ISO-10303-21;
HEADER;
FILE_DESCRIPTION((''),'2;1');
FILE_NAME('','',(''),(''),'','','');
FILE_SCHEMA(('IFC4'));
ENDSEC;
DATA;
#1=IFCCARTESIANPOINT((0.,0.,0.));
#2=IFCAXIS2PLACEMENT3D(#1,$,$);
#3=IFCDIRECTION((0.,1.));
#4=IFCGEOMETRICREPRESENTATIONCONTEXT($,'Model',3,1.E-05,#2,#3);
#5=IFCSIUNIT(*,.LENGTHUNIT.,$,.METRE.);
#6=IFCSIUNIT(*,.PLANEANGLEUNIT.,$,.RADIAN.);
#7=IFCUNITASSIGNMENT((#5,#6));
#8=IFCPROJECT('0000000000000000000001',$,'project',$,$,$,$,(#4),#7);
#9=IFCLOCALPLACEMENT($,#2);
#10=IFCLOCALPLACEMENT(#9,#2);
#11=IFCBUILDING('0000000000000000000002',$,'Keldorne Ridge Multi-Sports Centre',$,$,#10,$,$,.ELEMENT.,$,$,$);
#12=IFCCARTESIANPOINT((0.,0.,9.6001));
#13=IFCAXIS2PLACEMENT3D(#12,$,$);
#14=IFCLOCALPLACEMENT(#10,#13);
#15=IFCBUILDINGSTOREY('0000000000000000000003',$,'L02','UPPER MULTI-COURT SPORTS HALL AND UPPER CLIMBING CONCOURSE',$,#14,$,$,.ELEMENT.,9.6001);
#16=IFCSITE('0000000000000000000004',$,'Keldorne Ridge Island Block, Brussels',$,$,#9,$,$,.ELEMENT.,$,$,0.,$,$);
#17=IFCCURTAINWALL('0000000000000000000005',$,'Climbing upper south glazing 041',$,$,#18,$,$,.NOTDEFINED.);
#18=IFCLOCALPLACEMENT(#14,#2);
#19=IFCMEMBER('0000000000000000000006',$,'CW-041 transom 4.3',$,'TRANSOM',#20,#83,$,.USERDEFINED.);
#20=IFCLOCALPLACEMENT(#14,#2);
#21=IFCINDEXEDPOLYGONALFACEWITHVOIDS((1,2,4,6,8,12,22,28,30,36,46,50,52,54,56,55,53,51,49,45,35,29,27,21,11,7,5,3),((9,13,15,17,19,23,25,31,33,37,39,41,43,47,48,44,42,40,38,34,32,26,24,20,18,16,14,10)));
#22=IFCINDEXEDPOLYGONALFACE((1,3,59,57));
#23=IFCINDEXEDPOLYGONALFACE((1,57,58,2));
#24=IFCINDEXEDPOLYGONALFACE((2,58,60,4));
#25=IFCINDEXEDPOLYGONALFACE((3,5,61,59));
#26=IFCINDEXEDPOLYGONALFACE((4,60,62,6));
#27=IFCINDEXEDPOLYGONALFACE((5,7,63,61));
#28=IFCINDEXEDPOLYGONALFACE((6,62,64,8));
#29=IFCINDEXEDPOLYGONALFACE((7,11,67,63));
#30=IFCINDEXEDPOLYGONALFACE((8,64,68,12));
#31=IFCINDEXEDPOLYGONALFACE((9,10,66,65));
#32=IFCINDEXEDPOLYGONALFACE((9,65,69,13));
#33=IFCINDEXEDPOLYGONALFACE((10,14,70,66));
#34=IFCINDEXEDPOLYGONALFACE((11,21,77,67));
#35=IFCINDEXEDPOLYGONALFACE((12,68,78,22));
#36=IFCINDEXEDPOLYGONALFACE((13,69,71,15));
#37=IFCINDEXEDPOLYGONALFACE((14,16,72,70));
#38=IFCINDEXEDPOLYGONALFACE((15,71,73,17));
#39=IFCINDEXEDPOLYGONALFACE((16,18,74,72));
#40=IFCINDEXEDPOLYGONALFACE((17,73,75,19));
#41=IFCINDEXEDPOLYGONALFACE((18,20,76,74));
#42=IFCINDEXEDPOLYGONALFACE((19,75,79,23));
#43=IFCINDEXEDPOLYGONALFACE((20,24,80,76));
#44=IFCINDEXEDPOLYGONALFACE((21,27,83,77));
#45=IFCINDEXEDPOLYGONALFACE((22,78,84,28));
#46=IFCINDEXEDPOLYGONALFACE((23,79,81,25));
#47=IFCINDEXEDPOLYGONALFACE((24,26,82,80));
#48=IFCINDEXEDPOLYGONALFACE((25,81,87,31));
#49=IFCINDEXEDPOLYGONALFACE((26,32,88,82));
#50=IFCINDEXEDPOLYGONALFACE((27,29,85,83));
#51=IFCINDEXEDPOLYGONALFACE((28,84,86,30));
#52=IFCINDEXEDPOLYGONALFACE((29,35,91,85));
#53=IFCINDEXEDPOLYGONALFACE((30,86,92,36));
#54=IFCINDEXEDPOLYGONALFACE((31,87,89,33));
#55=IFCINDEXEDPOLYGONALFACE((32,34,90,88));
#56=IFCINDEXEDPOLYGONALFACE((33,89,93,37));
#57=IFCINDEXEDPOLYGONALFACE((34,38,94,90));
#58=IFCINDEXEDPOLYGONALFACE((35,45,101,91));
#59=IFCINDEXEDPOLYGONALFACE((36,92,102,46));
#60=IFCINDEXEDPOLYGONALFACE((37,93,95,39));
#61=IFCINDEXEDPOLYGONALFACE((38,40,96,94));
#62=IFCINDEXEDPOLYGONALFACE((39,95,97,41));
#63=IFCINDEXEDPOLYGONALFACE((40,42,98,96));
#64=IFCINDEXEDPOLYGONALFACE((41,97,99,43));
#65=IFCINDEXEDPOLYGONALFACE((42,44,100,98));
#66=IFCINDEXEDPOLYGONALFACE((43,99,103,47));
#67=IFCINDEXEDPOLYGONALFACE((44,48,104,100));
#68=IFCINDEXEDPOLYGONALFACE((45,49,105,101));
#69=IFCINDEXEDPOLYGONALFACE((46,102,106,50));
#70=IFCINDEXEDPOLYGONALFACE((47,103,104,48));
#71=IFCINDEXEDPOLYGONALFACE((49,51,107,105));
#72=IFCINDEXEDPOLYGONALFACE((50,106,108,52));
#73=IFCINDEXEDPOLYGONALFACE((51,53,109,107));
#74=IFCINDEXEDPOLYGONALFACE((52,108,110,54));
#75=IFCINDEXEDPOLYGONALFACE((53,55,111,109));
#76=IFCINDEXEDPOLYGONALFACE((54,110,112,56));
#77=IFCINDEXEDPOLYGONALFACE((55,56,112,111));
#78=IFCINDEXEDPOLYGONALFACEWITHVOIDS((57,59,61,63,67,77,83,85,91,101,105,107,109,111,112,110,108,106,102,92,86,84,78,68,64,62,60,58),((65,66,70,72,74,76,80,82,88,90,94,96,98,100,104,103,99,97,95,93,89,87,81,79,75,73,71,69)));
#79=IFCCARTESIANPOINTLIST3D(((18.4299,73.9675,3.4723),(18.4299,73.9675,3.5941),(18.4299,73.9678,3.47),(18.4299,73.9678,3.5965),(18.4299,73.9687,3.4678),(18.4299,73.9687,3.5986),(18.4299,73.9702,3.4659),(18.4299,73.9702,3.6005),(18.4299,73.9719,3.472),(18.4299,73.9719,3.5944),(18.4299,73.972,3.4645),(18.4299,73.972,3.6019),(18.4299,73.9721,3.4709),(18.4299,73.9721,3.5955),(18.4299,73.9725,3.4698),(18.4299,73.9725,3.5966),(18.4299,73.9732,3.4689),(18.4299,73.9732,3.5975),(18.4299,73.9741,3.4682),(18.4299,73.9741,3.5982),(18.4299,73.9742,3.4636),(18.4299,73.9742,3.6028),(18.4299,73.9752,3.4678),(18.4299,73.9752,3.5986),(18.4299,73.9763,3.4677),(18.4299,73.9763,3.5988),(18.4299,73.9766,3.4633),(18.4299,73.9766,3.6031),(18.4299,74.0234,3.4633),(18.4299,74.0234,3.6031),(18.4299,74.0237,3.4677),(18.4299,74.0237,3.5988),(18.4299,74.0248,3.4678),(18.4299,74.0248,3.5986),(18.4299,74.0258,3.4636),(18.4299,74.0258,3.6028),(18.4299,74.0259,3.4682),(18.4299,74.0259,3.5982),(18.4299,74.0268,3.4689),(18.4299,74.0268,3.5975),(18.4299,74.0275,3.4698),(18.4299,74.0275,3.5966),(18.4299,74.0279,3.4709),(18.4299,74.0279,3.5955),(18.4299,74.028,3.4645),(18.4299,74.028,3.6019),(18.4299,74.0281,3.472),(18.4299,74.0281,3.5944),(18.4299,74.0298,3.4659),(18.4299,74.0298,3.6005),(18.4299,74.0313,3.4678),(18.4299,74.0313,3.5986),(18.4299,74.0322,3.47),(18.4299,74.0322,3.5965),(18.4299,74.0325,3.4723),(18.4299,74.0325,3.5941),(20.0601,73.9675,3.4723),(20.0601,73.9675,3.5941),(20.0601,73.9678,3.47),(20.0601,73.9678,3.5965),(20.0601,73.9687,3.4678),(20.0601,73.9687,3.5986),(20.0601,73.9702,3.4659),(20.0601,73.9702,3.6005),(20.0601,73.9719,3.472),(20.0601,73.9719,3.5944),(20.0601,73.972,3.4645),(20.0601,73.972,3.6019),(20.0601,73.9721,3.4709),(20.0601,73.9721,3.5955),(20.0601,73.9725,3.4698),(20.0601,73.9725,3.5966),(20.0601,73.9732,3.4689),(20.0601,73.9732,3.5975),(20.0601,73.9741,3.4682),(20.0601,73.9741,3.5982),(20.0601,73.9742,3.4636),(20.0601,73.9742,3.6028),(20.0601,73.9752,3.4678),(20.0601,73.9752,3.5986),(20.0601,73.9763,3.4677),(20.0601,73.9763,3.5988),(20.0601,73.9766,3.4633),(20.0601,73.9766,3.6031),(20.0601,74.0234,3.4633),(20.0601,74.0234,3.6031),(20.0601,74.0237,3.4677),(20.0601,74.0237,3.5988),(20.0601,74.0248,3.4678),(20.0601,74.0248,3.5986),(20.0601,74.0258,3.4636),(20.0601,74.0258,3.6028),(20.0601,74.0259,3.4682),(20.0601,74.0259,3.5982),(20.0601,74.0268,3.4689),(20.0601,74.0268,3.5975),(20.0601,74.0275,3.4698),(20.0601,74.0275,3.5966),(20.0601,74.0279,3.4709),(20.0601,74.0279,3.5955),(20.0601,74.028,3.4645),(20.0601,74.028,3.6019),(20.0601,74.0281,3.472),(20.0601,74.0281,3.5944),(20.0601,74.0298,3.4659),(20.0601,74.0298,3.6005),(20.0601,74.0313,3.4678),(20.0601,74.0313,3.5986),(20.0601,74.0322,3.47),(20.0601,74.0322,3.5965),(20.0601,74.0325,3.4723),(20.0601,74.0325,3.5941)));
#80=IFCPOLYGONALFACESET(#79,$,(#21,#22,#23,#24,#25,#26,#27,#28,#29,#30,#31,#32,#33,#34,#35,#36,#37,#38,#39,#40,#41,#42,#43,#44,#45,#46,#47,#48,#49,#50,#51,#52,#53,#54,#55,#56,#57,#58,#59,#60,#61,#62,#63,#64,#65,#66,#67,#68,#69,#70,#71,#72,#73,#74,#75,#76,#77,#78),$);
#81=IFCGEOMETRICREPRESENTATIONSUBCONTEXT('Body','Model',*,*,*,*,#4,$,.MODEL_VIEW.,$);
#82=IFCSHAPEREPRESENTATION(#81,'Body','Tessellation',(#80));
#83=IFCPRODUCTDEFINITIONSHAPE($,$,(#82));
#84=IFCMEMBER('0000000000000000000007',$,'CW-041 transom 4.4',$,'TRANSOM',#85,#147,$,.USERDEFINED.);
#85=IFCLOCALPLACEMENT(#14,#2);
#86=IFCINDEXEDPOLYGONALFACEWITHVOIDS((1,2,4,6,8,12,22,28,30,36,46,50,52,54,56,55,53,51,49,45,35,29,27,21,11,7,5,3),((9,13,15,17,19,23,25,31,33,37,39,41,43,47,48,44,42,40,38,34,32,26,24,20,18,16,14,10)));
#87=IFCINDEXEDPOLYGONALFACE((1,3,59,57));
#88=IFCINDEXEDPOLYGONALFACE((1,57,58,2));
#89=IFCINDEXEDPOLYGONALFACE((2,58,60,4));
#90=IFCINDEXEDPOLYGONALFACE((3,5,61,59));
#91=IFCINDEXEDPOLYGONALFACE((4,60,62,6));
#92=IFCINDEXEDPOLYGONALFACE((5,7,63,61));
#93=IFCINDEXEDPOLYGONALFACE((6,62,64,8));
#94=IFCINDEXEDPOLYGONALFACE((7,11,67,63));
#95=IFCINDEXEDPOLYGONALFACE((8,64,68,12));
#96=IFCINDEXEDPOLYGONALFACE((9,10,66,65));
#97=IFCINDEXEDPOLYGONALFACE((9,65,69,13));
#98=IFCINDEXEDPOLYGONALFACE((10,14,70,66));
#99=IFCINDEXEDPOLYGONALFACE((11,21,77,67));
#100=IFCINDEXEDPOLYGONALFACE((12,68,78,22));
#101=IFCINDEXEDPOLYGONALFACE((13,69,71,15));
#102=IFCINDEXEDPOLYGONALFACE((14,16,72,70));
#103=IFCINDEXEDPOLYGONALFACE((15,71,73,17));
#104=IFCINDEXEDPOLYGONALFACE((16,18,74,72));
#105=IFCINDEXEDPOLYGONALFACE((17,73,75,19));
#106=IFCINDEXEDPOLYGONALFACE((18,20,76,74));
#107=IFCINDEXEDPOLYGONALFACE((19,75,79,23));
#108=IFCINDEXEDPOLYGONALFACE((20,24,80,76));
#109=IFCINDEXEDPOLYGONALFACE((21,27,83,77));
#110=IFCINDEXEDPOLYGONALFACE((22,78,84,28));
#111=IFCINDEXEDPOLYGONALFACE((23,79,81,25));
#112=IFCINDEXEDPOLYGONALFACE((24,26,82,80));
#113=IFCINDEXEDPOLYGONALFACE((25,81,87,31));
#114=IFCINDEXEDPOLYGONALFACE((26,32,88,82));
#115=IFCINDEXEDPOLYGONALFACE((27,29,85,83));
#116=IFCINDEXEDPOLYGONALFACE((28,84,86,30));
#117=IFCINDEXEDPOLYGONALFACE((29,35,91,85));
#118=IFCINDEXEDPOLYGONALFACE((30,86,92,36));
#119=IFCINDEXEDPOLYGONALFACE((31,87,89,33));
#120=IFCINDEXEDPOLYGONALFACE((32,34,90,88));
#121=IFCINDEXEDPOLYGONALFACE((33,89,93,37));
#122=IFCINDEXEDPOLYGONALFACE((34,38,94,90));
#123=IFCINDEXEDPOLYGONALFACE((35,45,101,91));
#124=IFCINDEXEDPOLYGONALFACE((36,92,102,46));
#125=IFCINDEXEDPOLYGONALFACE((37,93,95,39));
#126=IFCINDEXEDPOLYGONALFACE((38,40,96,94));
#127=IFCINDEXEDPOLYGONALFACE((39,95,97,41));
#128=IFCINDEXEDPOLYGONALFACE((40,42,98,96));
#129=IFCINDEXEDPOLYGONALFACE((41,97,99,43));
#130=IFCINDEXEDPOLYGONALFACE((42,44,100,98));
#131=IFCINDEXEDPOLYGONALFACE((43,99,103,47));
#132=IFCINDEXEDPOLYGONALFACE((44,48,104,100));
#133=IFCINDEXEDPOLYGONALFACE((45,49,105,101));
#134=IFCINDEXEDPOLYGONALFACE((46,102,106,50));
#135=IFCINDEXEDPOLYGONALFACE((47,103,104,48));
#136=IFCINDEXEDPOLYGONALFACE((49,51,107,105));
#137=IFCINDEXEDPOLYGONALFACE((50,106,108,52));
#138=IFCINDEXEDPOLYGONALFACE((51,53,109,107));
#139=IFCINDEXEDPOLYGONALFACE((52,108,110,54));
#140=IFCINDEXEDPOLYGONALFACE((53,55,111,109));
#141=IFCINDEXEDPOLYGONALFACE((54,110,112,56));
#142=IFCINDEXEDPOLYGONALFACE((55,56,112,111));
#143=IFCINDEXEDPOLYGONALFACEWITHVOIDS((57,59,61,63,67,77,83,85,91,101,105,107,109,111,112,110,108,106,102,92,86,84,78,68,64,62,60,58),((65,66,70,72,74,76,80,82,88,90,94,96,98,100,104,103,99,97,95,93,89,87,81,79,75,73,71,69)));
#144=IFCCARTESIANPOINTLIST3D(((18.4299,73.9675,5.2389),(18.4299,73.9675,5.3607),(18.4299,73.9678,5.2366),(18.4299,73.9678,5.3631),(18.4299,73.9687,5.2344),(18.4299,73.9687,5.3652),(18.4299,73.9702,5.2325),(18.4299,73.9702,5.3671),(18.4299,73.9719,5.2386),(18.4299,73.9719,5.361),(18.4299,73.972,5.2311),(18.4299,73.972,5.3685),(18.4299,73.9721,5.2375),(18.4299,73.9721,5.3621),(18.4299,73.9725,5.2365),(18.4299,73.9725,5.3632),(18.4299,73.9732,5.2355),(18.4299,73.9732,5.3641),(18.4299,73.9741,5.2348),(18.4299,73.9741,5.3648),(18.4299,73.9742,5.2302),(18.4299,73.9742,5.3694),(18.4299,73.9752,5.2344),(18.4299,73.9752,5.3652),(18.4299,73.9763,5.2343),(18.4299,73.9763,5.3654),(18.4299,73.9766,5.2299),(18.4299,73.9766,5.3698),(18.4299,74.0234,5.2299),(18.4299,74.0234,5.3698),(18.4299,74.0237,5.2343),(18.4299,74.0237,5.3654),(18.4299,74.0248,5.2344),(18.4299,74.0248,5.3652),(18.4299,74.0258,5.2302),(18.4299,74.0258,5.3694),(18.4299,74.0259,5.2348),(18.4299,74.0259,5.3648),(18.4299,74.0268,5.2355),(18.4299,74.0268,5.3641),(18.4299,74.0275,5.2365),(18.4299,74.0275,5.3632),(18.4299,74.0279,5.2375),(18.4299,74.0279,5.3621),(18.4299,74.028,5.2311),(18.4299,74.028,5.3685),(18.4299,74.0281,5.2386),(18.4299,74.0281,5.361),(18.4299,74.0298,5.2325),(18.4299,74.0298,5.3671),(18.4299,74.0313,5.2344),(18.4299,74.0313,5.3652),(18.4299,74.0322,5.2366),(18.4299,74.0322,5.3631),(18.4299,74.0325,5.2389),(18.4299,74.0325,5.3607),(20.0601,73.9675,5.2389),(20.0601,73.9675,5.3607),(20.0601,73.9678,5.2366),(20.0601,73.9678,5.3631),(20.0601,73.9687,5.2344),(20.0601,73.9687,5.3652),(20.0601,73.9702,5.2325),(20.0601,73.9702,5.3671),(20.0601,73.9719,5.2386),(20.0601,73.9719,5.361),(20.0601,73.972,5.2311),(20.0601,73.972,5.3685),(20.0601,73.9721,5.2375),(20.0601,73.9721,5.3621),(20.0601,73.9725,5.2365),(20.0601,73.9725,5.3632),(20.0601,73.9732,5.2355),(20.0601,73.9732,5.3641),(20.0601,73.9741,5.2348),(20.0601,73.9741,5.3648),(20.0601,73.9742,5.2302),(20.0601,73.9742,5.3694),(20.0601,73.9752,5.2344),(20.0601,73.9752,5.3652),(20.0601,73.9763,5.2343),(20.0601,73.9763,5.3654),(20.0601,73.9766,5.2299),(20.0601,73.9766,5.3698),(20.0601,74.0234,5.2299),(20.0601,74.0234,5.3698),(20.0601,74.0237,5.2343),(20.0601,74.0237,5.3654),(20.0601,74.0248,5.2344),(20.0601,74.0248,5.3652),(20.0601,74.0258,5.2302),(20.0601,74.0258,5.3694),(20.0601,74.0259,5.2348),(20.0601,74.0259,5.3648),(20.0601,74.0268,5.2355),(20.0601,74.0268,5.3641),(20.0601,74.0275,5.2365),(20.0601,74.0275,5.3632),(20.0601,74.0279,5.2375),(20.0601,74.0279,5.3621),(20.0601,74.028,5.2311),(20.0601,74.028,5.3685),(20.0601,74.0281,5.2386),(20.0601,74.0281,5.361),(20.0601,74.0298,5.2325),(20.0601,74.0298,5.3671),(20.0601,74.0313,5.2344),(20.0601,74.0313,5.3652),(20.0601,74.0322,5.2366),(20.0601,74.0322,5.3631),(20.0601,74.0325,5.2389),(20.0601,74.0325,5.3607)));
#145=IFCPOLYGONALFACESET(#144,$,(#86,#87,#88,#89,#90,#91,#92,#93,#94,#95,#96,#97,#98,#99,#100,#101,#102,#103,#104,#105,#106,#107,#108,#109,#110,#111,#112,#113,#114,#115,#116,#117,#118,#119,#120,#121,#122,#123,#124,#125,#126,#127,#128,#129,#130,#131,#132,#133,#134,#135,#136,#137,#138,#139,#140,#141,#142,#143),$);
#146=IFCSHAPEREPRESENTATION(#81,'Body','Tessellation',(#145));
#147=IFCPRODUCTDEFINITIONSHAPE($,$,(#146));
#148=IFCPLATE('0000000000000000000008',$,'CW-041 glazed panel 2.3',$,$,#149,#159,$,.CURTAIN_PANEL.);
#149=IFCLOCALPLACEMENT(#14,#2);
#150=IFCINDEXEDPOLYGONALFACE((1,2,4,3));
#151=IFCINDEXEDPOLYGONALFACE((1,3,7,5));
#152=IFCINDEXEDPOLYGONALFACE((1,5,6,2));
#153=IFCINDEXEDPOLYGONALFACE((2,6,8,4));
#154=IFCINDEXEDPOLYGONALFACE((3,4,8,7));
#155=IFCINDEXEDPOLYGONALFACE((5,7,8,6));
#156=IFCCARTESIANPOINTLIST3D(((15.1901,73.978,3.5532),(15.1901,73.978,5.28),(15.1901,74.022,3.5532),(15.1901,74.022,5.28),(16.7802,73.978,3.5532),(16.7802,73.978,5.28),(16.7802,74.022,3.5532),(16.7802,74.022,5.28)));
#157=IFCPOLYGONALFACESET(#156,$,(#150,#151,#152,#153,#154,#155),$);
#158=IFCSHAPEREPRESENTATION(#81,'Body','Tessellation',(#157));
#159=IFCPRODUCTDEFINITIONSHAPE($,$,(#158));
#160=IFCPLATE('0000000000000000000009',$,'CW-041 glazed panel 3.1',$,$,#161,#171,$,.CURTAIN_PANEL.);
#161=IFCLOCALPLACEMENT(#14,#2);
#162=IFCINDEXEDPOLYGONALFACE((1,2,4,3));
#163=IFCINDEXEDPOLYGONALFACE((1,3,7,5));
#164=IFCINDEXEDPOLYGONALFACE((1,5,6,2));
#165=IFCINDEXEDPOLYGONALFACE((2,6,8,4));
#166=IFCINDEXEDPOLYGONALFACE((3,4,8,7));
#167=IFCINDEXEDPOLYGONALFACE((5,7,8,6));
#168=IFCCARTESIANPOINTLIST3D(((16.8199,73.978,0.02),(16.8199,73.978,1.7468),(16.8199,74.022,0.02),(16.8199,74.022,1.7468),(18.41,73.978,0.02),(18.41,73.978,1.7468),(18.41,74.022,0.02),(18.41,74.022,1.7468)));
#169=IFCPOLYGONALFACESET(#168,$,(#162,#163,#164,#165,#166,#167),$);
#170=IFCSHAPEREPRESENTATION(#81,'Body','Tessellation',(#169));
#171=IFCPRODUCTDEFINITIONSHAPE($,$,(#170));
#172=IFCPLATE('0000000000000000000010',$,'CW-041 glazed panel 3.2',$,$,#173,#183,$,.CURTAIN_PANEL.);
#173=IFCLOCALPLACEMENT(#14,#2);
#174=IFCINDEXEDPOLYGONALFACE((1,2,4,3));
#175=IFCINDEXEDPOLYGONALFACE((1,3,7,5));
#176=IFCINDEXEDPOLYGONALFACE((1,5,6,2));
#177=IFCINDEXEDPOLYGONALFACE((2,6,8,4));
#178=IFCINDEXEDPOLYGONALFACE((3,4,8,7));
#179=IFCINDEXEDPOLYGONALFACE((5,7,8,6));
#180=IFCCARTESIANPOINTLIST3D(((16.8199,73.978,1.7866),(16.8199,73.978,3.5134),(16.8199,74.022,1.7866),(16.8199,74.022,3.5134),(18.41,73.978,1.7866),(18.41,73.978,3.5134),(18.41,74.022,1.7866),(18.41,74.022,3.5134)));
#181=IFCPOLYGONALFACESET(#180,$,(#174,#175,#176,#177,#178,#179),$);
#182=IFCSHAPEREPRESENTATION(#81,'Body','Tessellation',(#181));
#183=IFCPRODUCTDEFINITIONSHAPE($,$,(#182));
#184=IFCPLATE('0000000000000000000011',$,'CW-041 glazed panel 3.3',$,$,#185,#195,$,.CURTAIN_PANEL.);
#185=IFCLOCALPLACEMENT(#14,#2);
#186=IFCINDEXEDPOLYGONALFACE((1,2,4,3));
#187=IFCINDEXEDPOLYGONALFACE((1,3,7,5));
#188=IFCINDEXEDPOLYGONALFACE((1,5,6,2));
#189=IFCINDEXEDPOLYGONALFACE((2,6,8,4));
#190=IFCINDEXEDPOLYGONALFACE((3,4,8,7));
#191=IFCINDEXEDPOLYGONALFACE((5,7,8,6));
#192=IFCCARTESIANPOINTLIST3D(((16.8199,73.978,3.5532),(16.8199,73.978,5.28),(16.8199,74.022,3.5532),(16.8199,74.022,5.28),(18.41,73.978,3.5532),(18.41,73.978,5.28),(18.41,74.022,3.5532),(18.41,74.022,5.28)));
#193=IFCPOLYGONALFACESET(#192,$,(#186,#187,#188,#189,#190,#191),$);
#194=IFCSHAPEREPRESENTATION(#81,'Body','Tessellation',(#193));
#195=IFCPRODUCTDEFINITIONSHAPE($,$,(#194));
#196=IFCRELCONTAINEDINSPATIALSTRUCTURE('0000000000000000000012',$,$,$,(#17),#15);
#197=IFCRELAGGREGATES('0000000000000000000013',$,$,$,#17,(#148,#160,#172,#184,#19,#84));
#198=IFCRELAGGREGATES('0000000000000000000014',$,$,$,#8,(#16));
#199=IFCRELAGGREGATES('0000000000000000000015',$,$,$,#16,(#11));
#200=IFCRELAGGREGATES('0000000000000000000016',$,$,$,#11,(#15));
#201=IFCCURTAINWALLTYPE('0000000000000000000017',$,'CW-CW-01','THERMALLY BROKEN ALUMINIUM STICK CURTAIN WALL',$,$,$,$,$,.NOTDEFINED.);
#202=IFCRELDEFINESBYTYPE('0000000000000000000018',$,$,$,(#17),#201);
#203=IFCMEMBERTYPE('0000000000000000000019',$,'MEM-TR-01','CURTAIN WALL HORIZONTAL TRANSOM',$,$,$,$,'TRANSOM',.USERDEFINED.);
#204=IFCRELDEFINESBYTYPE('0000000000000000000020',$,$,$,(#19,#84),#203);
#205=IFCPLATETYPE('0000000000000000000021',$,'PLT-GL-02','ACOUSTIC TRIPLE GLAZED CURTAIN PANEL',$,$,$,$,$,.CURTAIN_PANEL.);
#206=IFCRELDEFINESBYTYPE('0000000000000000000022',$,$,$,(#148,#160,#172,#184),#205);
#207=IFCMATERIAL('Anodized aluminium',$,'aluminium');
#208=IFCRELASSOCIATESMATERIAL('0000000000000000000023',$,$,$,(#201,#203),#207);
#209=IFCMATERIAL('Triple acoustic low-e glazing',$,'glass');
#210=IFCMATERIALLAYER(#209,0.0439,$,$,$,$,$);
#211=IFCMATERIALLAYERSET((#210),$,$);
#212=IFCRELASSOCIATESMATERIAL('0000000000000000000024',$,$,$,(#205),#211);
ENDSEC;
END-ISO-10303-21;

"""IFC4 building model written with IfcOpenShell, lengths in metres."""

from ifc_helpers import new_model, si_unit, direction, frame, origin, origin_2d, place, context, subcontext, project, spatial, rectangle, hollow_rectangle, extrude, material, layer, layer_set, material_profile, profile_set, type_object, element, aggregate, save


model = new_model("IFC4")

# Units and contexts
model_context = context("Model", 3, precision=1e-05, world=origin(), true_north=direction((0.0, 1.0)))
body_context = subcontext(model_context, "Body", "Model", "MODEL_VIEW")
ifc_project = project(units=[si_unit("LENGTHUNIT", "METRE"), si_unit("PLANEANGLEUNIT", "RADIAN")], contexts=[model_context])

# Site, building, storey
site_placement = place(None, origin())
site = spatial("IfcSite", under=ifc_project, at=site_placement, Name="Keldorne Ridge Island Block, Brussels", CompositionType="ELEMENT", RefElevation=0.0)
building_placement = place(site_placement, origin())
building = spatial("IfcBuilding", under=site, at=building_placement, Name="Keldorne Ridge Multi-Sports Centre", CompositionType="ELEMENT")
storey_placement = place(building_placement, frame((0.0, 0.0, 9.6001)))
storey = spatial("IfcBuildingStorey", under=building, at=storey_placement, Name="L02", Description="UPPER MULTI-COURT SPORTS HALL AND UPPER CLIMBING CONCOURSE", CompositionType="ELEMENT", Elevation=9.6001)

# Curtain wall
ifc_material_1 = material(Name="Anodized aluminium", Category="aluminium")
curtain_wall_type = type_object("IfcCurtainWallType", Name="CW-CW-01", Description="THERMALLY BROKEN ALUMINIUM STICK CURTAIN WALL", PredefinedType="NOTDEFINED", material=ifc_material_1)
curtain_wall_placement = place(storey_placement, origin())
curtain_wall = element("IfcCurtainWall", 1, at=curtain_wall_placement, inside=storey, type_object=curtain_wall_type, Name="Climbing upper south glazing 041", PredefinedType="NOTDEFINED")

# Members
ifc_material_profile_1 = material_profile(ifc_material_1, hollow_rectangle(XDim=0.0649, YDim=0.1399, WallThickness=0.0044, InnerFilletRadius=0.0044, OuterFilletRadius=0.009, at=origin_2d()), Name="ALU TRANSOM 140x65x4.5")
ifc_profile_set_1 = profile_set([ifc_material_profile_1], Name="Anodized aluminium")
member_type_1 = type_object("IfcMemberType", Name="MEM-TR-01", Description="CURTAIN WALL HORIZONTAL TRANSOM", ElementType="TRANSOM", PredefinedType="USERDEFINED", material=ifc_profile_set_1)
member_1_placement = place(storey_placement, frame((18.4299, 74.0, 3.5332), z_axis=(1.0, 0.0, 0.0), x_axis=(0.0, 1.0, 0.0)))
member_1 = element("IfcMember", 2, at=member_1_placement, type_object=member_type_1, Name="CW-041 transom 4.3", ObjectType="TRANSOM", PredefinedType="USERDEFINED", context=body_context, shape_type="SweptSolid", body=[
    extrude(hollow_rectangle(XDim=0.0649, YDim=0.1399, WallThickness=0.0044, InnerFilletRadius=0.0044, OuterFilletRadius=0.009, at=origin_2d()), origin(), (0.0, 0.0, 1.0), 1.6301),
])
member_2_placement = place(storey_placement, frame((18.4299, 74.0, 5.2998), z_axis=(1.0, 0.0, 0.0), x_axis=(0.0, 1.0, 0.0)))
member_2 = element("IfcMember", 3, at=member_2_placement, type_object=member_type_1, Name="CW-041 transom 4.4", ObjectType="TRANSOM", PredefinedType="USERDEFINED", context=body_context, shape_type="SweptSolid", body=[
    extrude(hollow_rectangle(XDim=0.0649, YDim=0.1399, WallThickness=0.0044, InnerFilletRadius=0.0044, OuterFilletRadius=0.009, at=origin_2d()), origin(), (0.0, 0.0, 1.0), 1.6301),
])

# Plates
ifc_material_2 = material(Name="Triple acoustic low-e glazing", Category="glass")
ifc_layer = layer(ifc_material_2, 0.0439)
ifc_layer_set = layer_set([ifc_layer])
plate_type = type_object("IfcPlateType", Name="PLT-GL-02", Description="ACOUSTIC TRIPLE GLAZED CURTAIN PANEL", PredefinedType="CURTAIN_PANEL", material=ifc_layer_set)
plate_1_placement = place(storey_placement, frame((15.9851, 74.0, 3.5532), z_axis=(0.0, 0.0, 1.0), x_axis=(1.0, 0.0, 0.0)))
plate_1 = element("IfcPlate", 4, at=plate_1_placement, type_object=plate_type, Name="CW-041 glazed panel 2.3", PredefinedType="CURTAIN_PANEL", context=body_context, shape_type="SweptSolid", body=[
    extrude(rectangle(XDim=1.5901, YDim=0.0439, at=origin_2d()), origin(), (0.0, 0.0, 1.0), 1.7268),
])
plate_2_placement = place(storey_placement, frame((17.615, 74.0, 0.02), z_axis=(0.0, 0.0, 1.0), x_axis=(1.0, 0.0, 0.0)))
plate_2 = element("IfcPlate", 5, at=plate_2_placement, type_object=plate_type, Name="CW-041 glazed panel 3.1", PredefinedType="CURTAIN_PANEL", context=body_context, shape_type="SweptSolid", body=[
    extrude(rectangle(XDim=1.5901, YDim=0.0439, at=origin_2d()), origin(), (0.0, 0.0, 1.0), 1.7268),
])
plate_3_placement = place(storey_placement, frame((17.615, 74.0, 1.7866), z_axis=(0.0, 0.0, 1.0), x_axis=(1.0, 0.0, 0.0)))
plate_3 = element("IfcPlate", 6, at=plate_3_placement, type_object=plate_type, Name="CW-041 glazed panel 3.2", PredefinedType="CURTAIN_PANEL", context=body_context, shape_type="SweptSolid", body=[
    extrude(rectangle(XDim=1.5901, YDim=0.0439, at=origin_2d()), origin(), (0.0, 0.0, 1.0), 1.7268),
])
plate_4_placement = place(storey_placement, frame((17.615, 74.0, 3.5532), z_axis=(0.0, 0.0, 1.0), x_axis=(1.0, 0.0, 0.0)))
plate_4 = element("IfcPlate", 7, at=plate_4_placement, type_object=plate_type, Name="CW-041 glazed panel 3.3", PredefinedType="CURTAIN_PANEL", context=body_context, shape_type="SweptSolid", body=[
    extrude(rectangle(XDim=1.5901, YDim=0.0439, at=origin_2d()), origin(), (0.0, 0.0, 1.0), 1.7268),
])
aggregate(curtain_wall, [plate_1, plate_2, plate_3, plate_4, member_1, member_2])

save(model, "model.ifc")
